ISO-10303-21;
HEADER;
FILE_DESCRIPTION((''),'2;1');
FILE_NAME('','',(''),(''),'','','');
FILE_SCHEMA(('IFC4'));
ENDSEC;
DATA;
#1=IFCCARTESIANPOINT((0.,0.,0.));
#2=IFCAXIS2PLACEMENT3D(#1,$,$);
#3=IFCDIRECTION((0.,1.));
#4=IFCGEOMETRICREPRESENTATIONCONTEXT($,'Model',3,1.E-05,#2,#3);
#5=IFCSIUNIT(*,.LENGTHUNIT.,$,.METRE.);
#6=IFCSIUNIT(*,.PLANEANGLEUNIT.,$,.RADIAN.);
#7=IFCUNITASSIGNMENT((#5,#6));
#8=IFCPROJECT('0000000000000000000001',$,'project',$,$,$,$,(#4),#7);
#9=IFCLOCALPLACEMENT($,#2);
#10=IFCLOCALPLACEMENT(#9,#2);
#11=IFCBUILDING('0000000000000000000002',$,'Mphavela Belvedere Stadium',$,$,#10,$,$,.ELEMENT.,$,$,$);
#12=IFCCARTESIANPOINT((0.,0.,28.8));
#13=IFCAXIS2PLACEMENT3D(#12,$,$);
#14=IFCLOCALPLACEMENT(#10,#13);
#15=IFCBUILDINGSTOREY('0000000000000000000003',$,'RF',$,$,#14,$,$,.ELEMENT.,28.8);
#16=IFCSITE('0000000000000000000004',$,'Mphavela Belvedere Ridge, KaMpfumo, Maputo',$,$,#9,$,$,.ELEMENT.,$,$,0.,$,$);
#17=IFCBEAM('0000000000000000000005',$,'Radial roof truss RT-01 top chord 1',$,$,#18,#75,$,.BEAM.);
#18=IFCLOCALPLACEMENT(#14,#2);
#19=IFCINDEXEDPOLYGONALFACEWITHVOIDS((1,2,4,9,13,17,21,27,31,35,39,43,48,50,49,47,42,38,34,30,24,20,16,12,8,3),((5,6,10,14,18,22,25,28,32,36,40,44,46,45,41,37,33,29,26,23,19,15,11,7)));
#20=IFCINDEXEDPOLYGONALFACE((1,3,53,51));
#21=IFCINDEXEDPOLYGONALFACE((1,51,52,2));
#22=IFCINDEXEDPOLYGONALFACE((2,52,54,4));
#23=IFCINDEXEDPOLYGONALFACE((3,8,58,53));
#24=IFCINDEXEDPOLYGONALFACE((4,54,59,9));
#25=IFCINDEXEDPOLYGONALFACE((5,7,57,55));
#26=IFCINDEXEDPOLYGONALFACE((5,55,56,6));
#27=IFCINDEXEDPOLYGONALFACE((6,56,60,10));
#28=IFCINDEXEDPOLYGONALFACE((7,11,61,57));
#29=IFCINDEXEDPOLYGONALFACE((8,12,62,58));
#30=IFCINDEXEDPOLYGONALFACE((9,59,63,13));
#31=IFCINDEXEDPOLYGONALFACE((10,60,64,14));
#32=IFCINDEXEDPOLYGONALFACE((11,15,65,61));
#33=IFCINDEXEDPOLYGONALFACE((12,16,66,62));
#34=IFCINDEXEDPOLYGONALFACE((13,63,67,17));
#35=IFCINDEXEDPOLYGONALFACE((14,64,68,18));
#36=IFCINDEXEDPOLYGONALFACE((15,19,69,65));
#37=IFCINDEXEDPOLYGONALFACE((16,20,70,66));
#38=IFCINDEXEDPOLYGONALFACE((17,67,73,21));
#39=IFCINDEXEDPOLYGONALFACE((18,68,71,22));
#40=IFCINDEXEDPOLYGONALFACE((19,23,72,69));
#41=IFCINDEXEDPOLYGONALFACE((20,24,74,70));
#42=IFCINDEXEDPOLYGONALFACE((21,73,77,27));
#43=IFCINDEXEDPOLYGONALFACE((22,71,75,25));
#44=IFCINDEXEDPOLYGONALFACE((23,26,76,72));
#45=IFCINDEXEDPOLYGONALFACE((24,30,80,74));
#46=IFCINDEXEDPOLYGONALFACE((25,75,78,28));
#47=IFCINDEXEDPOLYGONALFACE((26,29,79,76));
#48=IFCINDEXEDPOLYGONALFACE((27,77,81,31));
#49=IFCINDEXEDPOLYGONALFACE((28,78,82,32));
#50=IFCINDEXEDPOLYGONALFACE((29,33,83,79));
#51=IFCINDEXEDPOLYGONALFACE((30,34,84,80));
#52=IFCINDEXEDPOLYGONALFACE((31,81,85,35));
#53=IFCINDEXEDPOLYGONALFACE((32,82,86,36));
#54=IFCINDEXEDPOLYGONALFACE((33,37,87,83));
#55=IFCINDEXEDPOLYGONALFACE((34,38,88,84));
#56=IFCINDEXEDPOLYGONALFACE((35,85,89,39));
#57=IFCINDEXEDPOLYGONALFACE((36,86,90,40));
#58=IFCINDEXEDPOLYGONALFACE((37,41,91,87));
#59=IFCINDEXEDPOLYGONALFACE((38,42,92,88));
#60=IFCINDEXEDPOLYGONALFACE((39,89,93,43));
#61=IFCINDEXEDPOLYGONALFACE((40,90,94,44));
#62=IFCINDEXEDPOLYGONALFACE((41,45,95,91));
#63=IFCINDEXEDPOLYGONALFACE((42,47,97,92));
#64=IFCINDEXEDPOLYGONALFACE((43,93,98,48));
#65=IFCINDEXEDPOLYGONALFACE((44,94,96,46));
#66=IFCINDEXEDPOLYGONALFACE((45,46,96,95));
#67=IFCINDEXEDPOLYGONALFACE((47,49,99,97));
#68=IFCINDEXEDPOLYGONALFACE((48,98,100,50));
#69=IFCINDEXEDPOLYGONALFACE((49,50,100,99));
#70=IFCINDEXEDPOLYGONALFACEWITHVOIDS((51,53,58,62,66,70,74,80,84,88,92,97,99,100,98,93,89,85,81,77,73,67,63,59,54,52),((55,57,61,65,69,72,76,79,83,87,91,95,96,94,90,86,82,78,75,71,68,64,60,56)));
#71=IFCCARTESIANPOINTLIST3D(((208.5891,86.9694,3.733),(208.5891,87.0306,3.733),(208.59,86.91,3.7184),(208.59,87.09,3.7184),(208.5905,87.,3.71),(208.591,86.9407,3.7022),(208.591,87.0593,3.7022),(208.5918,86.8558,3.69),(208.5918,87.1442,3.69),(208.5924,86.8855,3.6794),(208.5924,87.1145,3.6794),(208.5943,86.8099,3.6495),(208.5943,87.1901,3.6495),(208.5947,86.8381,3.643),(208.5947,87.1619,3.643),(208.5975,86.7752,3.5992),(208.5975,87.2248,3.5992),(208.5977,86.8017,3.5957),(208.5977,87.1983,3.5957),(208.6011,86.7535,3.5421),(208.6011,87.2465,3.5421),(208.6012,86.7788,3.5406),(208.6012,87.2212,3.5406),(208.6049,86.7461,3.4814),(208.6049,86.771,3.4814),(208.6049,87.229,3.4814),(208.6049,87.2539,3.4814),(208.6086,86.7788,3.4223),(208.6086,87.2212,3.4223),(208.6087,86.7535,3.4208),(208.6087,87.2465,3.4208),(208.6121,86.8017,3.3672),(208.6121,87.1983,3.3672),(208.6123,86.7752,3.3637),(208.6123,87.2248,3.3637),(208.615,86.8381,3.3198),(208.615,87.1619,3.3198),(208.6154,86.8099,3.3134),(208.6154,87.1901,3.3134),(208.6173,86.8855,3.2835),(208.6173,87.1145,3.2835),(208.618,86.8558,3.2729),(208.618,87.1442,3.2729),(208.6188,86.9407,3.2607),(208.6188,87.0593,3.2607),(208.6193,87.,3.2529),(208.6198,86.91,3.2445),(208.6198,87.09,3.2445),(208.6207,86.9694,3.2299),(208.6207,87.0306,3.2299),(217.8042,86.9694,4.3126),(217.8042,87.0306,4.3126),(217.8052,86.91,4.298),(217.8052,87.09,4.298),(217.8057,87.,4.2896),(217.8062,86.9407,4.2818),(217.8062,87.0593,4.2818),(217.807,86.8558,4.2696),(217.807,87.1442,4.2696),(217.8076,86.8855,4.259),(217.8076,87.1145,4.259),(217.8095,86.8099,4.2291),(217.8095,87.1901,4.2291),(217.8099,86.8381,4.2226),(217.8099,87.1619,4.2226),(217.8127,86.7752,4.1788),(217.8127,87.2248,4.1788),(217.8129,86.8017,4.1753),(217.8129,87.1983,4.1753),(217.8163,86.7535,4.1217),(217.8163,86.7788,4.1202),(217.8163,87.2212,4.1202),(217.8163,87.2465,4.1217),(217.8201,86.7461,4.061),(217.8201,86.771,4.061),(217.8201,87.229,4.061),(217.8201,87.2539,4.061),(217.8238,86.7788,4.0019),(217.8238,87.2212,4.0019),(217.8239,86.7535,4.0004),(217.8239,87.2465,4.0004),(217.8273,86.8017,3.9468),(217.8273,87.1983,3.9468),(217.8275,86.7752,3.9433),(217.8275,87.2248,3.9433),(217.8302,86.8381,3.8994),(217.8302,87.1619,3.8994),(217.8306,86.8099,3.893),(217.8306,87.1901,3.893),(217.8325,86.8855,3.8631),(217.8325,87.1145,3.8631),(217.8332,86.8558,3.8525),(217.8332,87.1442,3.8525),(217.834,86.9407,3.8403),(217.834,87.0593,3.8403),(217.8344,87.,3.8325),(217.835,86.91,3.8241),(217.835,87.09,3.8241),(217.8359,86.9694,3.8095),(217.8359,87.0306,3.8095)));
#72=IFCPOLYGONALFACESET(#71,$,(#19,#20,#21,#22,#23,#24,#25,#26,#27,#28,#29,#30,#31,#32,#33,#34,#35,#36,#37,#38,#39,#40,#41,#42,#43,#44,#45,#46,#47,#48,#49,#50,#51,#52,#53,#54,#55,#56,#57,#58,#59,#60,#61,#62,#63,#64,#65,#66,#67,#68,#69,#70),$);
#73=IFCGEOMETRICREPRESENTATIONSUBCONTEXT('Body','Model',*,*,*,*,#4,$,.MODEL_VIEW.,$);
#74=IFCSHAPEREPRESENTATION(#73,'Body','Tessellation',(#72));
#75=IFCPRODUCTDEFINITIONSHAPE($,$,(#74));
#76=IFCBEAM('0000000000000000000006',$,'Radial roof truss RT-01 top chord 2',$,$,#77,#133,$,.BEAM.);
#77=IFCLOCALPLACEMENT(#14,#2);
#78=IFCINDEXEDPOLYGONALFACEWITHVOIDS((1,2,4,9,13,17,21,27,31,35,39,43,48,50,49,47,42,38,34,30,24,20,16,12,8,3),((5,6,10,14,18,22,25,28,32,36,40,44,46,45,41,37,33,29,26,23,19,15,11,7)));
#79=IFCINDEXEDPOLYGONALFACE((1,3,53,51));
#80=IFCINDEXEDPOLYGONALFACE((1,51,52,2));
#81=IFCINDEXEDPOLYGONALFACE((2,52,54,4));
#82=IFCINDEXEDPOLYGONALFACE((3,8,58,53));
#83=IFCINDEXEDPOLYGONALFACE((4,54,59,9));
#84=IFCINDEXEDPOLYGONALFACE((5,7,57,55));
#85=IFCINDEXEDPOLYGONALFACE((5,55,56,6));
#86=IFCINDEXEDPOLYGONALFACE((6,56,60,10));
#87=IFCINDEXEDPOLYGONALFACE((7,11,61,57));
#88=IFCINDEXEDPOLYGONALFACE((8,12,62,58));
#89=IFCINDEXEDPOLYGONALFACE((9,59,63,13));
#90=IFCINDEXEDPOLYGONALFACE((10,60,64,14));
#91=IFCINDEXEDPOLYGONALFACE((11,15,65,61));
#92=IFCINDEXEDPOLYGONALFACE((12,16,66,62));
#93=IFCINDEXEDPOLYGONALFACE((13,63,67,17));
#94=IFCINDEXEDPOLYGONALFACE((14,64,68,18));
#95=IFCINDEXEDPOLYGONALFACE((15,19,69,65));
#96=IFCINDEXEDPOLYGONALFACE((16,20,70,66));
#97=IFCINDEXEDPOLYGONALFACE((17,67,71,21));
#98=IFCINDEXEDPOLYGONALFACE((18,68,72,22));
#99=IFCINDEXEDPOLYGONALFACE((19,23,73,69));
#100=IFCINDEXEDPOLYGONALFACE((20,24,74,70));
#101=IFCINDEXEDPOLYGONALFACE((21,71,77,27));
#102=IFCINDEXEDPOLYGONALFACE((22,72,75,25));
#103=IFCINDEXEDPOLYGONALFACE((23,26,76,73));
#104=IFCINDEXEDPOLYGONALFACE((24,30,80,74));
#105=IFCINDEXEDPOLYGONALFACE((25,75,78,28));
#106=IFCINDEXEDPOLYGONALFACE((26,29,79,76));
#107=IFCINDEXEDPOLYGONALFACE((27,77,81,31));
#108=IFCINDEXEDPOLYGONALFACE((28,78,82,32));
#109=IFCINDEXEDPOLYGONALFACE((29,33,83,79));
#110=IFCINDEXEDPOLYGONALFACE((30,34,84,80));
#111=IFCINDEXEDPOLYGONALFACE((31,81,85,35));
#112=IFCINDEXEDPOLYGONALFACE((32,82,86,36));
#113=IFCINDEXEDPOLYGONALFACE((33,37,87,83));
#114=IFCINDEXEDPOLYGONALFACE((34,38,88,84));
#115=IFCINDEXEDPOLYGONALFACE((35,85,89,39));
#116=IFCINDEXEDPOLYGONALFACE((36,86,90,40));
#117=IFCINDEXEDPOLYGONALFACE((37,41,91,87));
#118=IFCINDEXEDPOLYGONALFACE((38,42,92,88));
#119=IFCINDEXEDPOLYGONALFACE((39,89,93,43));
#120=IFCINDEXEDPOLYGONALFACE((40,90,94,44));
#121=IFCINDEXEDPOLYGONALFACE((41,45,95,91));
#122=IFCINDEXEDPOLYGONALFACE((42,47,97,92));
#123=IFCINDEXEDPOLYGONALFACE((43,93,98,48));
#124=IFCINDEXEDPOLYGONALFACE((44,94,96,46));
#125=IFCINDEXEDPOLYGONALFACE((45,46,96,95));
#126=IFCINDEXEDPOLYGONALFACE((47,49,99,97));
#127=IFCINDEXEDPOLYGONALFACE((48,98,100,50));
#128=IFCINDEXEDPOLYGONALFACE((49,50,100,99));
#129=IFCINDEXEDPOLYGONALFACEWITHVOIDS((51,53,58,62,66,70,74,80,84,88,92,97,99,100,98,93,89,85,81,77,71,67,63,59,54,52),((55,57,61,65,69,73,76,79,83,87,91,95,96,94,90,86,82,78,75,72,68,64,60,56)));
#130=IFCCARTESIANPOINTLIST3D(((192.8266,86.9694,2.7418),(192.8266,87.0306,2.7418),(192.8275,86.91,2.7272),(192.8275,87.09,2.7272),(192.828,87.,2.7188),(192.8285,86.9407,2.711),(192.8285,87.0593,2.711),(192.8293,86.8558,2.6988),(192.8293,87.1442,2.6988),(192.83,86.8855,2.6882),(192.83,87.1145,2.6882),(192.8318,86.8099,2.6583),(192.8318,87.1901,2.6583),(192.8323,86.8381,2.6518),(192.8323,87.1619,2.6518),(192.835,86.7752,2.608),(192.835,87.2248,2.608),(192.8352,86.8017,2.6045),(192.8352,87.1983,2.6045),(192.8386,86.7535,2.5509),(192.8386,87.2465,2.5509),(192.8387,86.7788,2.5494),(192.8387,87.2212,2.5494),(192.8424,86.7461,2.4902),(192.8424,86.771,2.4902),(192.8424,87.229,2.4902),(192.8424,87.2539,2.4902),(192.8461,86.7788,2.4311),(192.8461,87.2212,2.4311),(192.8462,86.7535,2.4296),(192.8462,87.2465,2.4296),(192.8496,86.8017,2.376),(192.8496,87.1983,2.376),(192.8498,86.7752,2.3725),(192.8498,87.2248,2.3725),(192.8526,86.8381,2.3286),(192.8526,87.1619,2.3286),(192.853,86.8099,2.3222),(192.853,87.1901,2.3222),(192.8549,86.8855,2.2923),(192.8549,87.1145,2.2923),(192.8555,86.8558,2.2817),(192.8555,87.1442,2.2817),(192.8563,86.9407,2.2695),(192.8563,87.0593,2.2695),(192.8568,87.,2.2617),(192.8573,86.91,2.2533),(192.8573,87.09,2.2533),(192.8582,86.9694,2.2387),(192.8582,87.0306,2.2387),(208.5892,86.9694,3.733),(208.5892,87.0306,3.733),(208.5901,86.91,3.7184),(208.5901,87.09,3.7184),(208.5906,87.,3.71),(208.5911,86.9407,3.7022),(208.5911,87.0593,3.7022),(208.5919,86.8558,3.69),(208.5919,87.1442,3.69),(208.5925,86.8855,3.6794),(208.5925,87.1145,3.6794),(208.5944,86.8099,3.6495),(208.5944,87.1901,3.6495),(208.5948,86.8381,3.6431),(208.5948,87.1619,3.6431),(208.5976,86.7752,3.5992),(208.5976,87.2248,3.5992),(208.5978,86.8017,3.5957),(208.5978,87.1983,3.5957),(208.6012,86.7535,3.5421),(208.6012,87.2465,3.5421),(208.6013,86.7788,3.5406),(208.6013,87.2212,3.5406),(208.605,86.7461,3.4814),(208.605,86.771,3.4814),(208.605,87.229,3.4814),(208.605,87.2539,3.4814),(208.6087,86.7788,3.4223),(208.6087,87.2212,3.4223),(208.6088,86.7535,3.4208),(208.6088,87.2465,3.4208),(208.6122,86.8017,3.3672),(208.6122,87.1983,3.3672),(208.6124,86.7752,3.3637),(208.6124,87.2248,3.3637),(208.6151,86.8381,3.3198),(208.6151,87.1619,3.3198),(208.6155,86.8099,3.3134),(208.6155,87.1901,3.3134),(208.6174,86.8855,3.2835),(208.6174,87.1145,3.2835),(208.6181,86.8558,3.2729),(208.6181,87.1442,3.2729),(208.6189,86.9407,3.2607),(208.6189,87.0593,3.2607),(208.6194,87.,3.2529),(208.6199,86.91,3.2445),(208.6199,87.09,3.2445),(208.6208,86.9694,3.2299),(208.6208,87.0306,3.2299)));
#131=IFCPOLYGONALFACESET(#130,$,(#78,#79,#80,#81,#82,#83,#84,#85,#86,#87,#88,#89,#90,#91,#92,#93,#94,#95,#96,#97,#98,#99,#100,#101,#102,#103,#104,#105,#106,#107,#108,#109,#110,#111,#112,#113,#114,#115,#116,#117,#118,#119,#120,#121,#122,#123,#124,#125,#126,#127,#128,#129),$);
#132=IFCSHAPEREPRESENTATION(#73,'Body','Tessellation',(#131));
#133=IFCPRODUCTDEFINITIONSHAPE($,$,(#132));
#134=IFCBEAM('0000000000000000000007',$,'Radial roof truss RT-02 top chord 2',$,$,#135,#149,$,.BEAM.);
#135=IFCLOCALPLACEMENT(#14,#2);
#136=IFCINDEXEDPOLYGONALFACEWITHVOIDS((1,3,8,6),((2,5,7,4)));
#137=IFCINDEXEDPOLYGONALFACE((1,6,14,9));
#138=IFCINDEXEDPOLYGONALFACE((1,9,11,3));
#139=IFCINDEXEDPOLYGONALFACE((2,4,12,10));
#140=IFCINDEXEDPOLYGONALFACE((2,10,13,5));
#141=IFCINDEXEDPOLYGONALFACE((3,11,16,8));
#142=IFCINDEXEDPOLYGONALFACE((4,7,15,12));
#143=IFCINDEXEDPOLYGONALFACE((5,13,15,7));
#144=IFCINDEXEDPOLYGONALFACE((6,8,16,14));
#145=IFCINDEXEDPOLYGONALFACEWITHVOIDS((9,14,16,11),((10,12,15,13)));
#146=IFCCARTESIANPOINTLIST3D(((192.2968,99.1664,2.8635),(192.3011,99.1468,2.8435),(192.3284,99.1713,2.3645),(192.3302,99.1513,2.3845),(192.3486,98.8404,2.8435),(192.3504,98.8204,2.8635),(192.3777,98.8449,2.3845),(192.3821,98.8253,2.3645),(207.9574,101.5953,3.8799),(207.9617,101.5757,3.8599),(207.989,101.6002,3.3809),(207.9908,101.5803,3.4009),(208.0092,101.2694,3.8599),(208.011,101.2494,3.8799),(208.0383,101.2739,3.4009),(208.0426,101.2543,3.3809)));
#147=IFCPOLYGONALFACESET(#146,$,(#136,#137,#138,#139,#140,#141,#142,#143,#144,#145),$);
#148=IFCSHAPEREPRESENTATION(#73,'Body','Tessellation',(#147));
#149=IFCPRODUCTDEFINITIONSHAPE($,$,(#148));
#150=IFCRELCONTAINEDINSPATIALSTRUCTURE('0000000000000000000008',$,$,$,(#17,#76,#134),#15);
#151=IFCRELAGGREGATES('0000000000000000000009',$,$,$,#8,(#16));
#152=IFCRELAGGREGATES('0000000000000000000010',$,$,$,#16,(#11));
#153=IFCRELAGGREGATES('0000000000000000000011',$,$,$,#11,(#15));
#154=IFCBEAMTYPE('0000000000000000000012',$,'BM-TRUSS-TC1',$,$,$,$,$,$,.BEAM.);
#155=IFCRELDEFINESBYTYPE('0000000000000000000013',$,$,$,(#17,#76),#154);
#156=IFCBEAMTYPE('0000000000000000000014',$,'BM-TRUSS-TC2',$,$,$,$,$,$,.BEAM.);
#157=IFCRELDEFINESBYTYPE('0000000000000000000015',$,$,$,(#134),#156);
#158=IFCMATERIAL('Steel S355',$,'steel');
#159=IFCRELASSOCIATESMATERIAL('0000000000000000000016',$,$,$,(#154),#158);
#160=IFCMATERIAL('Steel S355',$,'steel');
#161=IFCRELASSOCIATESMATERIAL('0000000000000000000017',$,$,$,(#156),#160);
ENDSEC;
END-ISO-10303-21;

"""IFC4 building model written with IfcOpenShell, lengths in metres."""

from ifc_helpers import new_model, si_unit, direction, frame, origin, origin_2d, place, context, subcontext, project, spatial, hollow_rectangle, hollow_circle, extrude, material, material_profile, profile_set, type_object, element, save


model = new_model("IFC4")

# Units and contexts
model_context = context("Model", 3, precision=1e-05, world=origin(), true_north=direction((0.0, 1.0)))
body_context = subcontext(model_context, "Body", "Model", "MODEL_VIEW")
ifc_project = project(units=[si_unit("LENGTHUNIT", "METRE"), si_unit("PLANEANGLEUNIT", "RADIAN")], contexts=[model_context])

# Site, building, storey
site_placement = place(None, origin())
site = spatial("IfcSite", under=ifc_project, at=site_placement, Name="Mphavela Belvedere Ridge, KaMpfumo, Maputo", CompositionType="ELEMENT", RefElevation=0.0)
building_placement = place(site_placement, origin())
building = spatial("IfcBuilding", under=site, at=building_placement, Name="Mphavela Belvedere Stadium", CompositionType="ELEMENT")
storey_placement = place(building_placement, frame((0.0, 0.0, 28.8)))
storey = spatial("IfcBuildingStorey", under=building, at=storey_placement, Name="RF", CompositionType="ELEMENT", Elevation=28.8)

# Beams
ifc_material_1 = material(Name="Steel S355", Category="steel")
ifc_material_profile_1 = material_profile(ifc_material_1, hollow_circle(Radius=0.2539, WallThickness=0.0249, at=origin_2d()), Name="CHS 508x25")
ifc_profile_set_1 = profile_set([ifc_material_profile_1], Name="Steel S355")
beam_type_1 = type_object("IfcBeamType", Name="BM-TRUSS-TC1", PredefinedType="BEAM", material=ifc_profile_set_1)
beam_1_placement = place(storey_placement, frame((217.8201, 87.0, 4.061), z_axis=(-0.998028, 0.0, -0.062772), x_axis=(0.0, -1.0, 0.0)))
element("IfcBeam", 1, at=beam_1_placement, inside=storey, type_object=beam_type_1, Name="Radial roof truss RT-01 top chord 1", PredefinedType="BEAM", context=body_context, shape_type="SweptSolid", body=[
    extrude(hollow_circle(Radius=0.2539, WallThickness=0.0249, at=origin_2d()), origin(), (0.0, 0.0, 1.0), 9.2334),
])
beam_2_placement = place(storey_placement, frame((208.605, 87.0, 3.4814), z_axis=(-0.998029, 0.0, -0.06276), x_axis=(0.0, -1.0, 0.0)))
element("IfcBeam", 2, at=beam_2_placement, inside=storey, type_object=beam_type_1, Name="Radial roof truss RT-01 top chord 2", PredefinedType="BEAM", context=body_context, shape_type="SweptSolid", body=[
    extrude(hollow_circle(Radius=0.2539, WallThickness=0.0249, at=origin_2d()), origin(), (0.0, 0.0, 1.0), 15.7937),
])
ifc_material_2 = material(Name="Steel S355", Category="steel")
ifc_material_profile_2 = material_profile(ifc_material_2, hollow_rectangle(XDim=0.3501, YDim=0.5, WallThickness=0.02, at=origin_2d()), Name="RHS 500x350x20")
ifc_profile_set_2 = profile_set([ifc_material_profile_2], Name="Steel S355")
beam_type_2 = type_object("IfcBeamType", Name="BM-TRUSS-TC2", PredefinedType="BEAM", material=ifc_profile_set_2)
beam_3_placement = place(storey_placement, frame((208.0, 101.4248, 3.6304), z_axis=(-0.986159, -0.152953, -0.064001), x_axis=(0.153267, -0.988185, 0.0)))
element("IfcBeam", 3, at=beam_3_placement, inside=storey, type_object=beam_type_2, Name="Radial roof truss RT-02 top chord 2", PredefinedType="BEAM", context=body_context, shape_type="SweptSolid", body=[
    extrude(hollow_rectangle(XDim=0.3501, YDim=0.5, WallThickness=0.02, at=origin_2d()), origin(), (0.0, 0.0, 1.0), 15.8804),
])

save(model, "model.ifc")
